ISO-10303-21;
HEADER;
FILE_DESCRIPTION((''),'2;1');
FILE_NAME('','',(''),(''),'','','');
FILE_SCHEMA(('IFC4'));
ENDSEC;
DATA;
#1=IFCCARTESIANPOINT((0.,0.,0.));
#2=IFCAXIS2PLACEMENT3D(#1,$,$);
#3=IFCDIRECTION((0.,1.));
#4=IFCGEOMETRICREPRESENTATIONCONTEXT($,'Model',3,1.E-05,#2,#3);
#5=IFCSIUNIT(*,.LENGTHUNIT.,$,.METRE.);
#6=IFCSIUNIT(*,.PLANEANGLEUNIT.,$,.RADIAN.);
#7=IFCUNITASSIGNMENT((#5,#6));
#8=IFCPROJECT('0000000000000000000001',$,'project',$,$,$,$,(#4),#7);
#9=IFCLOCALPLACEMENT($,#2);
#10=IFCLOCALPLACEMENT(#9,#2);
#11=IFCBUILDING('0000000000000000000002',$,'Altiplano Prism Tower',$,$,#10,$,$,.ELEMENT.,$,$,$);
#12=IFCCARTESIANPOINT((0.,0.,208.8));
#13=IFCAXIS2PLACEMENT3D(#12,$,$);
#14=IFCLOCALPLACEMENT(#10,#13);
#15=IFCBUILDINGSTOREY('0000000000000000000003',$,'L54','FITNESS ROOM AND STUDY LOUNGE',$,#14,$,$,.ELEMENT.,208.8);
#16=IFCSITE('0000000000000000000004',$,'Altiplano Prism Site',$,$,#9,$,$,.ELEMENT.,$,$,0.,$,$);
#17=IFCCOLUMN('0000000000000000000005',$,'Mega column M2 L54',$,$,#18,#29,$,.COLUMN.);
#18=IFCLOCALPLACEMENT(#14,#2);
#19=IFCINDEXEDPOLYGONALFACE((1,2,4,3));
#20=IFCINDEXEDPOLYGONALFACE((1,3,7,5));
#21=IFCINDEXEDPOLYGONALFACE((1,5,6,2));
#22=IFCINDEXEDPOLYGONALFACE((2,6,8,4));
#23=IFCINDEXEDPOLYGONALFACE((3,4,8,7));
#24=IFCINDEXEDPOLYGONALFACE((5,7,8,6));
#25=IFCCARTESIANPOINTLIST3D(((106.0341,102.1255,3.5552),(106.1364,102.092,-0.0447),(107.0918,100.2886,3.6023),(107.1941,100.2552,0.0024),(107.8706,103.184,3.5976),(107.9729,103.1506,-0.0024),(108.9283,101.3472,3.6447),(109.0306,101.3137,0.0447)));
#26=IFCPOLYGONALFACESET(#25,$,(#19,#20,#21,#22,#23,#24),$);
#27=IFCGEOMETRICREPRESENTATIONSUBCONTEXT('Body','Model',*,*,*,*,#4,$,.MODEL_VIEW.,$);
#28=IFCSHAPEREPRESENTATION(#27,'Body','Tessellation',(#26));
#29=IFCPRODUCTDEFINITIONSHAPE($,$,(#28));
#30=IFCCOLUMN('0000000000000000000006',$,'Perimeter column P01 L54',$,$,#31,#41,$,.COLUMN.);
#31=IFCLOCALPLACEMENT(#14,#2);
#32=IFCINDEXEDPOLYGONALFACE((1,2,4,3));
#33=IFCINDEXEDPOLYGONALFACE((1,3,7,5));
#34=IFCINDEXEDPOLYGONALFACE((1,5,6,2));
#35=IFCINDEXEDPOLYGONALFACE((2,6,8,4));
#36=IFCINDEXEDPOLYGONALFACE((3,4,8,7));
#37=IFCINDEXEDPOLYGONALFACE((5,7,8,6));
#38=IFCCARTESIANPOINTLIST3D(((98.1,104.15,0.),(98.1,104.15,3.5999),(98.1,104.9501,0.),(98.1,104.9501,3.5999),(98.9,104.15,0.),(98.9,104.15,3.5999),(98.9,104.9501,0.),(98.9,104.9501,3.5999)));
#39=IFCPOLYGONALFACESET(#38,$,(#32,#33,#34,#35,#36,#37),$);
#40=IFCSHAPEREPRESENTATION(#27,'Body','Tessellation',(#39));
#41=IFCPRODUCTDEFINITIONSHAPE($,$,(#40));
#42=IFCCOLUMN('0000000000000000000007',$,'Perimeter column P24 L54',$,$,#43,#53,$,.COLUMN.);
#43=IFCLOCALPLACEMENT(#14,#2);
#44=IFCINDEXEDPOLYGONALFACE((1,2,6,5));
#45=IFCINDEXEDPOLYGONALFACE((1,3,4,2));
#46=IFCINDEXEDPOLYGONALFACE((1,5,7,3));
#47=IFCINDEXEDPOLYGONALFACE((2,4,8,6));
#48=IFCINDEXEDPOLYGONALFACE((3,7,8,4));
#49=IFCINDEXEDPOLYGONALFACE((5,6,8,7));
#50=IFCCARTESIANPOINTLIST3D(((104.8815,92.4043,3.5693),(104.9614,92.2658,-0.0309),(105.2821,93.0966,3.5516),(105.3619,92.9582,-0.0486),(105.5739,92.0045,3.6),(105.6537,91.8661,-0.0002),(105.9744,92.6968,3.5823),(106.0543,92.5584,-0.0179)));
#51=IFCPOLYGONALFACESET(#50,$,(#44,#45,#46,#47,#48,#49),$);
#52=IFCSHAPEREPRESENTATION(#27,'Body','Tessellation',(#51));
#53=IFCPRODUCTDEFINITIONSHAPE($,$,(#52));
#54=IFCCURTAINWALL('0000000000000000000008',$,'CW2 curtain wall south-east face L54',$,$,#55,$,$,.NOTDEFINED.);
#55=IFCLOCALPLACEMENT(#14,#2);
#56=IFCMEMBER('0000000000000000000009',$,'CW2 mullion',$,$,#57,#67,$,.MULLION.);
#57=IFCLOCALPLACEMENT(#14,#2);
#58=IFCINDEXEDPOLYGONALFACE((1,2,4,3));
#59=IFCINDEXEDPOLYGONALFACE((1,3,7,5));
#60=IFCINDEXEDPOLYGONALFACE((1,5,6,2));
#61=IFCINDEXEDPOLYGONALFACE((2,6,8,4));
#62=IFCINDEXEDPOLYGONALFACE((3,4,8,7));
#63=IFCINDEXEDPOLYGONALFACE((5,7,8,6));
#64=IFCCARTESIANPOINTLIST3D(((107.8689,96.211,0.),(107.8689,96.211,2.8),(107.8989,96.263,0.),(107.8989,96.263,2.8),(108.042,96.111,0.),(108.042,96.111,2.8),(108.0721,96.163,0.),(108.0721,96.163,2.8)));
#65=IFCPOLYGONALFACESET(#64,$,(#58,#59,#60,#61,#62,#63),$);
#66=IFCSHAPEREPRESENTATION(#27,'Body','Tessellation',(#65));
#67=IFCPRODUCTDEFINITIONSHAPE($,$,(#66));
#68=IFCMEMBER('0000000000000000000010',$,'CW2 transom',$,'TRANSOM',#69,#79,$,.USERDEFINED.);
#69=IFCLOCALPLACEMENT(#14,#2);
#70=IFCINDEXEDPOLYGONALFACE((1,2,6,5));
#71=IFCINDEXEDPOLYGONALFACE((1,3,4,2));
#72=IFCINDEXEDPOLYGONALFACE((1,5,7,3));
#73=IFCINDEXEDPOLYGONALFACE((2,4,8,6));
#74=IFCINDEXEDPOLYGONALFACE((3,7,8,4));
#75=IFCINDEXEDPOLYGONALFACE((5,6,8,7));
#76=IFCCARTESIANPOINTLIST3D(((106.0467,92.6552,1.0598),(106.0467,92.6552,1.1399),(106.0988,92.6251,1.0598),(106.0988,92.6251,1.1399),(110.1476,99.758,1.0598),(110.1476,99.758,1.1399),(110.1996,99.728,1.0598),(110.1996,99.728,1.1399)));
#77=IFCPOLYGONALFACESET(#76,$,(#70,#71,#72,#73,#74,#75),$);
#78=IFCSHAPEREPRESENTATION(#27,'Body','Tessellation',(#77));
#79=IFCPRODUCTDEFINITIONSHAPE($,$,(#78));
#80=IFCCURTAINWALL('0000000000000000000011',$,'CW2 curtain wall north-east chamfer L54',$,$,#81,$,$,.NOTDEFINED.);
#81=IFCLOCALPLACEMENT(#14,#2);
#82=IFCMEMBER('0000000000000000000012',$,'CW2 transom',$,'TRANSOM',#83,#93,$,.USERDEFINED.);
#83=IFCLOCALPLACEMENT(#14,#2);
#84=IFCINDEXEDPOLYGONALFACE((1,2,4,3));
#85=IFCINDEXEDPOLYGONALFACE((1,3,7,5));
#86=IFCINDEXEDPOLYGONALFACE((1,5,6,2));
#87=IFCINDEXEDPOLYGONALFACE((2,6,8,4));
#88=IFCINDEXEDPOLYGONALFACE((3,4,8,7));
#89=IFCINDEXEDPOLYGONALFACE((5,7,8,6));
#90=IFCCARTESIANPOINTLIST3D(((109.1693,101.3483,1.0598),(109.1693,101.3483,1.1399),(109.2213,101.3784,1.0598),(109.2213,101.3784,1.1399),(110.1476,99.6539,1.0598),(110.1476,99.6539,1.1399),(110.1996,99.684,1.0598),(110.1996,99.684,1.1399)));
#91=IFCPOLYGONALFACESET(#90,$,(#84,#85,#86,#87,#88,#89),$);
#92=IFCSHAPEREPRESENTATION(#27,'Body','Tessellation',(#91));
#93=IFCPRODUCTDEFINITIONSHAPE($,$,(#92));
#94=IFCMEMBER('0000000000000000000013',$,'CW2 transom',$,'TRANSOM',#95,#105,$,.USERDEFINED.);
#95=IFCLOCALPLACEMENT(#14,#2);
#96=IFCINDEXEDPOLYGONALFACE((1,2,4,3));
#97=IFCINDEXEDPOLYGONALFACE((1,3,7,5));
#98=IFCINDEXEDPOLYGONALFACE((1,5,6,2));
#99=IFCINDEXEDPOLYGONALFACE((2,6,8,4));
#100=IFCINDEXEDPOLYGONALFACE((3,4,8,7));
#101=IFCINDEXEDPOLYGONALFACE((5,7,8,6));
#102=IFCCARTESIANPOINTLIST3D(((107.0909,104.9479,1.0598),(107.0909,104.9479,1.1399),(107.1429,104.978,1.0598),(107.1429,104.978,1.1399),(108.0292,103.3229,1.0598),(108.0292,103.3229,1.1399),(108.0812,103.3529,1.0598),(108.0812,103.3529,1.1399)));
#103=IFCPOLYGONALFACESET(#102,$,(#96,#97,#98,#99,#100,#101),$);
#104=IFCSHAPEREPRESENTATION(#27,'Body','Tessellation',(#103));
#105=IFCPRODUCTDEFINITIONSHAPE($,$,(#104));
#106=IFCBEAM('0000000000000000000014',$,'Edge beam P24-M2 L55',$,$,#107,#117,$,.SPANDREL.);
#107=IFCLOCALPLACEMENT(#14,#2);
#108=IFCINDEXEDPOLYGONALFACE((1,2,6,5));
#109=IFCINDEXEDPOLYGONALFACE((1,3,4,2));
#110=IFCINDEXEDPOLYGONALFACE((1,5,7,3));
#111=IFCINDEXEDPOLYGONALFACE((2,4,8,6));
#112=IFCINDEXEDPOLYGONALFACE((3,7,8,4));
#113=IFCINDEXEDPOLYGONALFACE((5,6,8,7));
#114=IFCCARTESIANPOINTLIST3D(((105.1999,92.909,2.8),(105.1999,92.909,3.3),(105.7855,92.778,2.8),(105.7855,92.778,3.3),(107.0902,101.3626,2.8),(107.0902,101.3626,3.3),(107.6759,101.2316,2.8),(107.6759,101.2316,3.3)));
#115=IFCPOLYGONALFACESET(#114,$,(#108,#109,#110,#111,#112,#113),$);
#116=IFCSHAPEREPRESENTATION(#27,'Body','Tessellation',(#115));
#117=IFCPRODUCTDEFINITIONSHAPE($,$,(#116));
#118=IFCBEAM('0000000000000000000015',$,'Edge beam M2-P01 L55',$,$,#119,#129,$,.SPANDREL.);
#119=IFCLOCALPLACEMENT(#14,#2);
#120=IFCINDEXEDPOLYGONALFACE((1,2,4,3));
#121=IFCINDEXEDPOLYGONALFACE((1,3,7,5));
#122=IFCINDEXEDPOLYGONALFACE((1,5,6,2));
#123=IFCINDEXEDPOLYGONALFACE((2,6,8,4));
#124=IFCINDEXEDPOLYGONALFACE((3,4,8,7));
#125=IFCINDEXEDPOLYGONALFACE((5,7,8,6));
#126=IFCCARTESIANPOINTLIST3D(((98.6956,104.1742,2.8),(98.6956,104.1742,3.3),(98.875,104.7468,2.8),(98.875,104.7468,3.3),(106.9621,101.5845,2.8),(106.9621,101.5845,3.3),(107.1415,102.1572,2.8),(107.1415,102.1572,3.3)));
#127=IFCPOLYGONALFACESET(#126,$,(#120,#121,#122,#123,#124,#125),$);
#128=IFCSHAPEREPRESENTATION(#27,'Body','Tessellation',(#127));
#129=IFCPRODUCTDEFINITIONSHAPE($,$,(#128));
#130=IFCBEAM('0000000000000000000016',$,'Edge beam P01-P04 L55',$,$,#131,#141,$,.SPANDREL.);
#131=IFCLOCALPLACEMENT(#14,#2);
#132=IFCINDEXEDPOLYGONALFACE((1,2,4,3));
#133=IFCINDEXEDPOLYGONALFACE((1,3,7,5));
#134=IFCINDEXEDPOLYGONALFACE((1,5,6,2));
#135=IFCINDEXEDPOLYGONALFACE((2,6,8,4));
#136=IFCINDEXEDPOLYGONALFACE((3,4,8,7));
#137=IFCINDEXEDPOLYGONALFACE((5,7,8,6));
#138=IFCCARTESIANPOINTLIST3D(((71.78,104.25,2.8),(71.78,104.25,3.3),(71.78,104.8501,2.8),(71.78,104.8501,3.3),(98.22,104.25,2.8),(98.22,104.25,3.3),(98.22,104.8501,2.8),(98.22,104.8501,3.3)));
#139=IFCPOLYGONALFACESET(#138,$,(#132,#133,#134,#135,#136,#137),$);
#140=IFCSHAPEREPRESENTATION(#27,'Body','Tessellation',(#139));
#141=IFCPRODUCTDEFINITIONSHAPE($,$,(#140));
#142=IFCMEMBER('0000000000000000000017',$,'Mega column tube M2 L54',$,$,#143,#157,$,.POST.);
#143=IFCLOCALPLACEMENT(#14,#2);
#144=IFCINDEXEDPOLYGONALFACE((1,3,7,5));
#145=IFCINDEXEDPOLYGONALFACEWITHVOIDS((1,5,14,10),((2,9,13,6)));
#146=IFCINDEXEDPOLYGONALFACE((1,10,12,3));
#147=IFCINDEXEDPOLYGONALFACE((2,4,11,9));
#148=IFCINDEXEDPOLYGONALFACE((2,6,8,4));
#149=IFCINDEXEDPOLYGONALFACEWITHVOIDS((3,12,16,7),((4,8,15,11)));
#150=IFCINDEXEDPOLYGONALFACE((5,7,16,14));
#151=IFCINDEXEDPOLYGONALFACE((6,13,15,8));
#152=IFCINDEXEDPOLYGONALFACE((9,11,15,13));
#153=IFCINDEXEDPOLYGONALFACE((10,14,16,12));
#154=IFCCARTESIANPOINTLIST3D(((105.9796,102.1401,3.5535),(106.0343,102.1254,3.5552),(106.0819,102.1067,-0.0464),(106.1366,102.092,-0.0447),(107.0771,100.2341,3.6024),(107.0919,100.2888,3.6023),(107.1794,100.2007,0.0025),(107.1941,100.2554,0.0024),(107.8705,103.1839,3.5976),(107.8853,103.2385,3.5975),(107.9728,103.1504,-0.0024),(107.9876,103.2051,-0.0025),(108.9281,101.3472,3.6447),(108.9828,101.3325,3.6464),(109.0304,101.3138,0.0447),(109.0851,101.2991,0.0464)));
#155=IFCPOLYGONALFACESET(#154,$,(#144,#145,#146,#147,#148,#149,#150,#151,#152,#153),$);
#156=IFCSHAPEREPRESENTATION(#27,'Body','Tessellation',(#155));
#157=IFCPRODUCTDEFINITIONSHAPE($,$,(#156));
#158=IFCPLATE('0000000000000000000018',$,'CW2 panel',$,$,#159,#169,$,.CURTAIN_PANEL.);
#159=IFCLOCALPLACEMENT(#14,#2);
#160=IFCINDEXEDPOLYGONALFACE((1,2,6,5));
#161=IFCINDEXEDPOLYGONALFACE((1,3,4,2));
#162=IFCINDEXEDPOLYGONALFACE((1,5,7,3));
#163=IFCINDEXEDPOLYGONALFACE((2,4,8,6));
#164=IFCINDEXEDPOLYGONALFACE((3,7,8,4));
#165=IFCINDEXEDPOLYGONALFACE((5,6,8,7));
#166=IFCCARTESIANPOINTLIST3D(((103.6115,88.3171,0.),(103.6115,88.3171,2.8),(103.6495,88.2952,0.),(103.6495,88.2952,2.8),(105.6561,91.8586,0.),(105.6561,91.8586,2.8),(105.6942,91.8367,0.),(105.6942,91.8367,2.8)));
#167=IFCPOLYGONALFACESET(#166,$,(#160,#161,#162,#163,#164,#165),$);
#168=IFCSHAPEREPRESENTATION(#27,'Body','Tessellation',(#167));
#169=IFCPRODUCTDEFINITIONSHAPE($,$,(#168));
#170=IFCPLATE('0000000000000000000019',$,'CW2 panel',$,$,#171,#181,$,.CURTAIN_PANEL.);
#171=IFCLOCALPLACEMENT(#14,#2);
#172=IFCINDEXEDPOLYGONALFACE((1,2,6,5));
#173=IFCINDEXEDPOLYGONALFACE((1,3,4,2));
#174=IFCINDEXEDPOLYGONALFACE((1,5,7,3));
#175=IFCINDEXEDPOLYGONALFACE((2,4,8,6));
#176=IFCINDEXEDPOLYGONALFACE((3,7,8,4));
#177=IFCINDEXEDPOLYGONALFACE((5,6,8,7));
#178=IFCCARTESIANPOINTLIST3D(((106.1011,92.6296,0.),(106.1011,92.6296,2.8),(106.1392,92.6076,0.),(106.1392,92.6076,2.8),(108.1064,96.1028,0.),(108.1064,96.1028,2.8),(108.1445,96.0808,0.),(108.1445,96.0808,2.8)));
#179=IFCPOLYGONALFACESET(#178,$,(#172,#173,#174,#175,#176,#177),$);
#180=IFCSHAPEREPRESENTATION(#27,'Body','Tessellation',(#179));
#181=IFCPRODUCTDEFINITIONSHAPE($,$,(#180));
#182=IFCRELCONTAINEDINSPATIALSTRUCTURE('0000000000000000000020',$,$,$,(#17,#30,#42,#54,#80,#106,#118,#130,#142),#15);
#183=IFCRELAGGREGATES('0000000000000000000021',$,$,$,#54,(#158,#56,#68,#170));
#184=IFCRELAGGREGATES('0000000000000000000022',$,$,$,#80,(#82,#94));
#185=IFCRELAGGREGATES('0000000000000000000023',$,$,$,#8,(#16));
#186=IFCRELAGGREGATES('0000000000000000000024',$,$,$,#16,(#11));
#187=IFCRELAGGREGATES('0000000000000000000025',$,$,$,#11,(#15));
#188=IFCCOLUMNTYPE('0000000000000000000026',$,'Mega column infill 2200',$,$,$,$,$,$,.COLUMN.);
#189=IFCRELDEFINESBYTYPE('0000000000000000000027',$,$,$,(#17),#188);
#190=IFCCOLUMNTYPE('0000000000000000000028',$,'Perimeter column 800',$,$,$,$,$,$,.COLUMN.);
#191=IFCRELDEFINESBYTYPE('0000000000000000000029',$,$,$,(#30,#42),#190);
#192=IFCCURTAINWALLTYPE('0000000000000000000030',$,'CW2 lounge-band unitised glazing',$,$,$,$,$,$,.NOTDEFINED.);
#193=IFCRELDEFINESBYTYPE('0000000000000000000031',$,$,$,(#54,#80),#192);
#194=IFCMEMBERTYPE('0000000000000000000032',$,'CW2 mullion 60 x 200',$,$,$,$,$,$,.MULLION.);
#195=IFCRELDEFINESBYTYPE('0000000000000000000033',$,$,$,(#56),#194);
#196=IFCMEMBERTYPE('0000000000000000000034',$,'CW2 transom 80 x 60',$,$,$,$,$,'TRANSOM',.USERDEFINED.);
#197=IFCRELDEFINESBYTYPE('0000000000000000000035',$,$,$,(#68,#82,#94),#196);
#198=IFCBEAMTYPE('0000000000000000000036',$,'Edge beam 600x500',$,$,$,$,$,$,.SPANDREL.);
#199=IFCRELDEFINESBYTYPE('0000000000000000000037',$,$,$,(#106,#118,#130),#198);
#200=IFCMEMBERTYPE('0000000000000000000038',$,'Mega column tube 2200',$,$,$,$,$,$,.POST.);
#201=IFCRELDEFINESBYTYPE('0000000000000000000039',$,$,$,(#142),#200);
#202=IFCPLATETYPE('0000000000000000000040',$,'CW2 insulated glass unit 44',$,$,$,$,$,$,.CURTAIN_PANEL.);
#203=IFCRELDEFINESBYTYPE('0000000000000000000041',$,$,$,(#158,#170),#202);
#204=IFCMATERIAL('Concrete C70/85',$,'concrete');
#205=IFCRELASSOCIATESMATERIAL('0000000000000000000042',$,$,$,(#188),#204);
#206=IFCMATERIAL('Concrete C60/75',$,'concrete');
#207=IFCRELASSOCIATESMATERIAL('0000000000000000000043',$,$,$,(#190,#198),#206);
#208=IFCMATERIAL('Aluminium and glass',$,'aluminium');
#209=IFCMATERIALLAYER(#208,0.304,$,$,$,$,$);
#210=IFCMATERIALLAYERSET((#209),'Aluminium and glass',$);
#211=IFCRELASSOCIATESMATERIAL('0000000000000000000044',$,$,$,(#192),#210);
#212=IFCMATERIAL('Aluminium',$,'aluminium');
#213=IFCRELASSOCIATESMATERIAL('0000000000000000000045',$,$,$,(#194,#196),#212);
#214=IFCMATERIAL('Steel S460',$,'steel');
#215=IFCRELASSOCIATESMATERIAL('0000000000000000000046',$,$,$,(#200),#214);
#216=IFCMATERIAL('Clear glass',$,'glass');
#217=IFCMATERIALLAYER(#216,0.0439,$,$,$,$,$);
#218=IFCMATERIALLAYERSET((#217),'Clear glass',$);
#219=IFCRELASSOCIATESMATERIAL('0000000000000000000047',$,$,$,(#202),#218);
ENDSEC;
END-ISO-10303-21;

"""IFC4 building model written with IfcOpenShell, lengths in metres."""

from ifc_helpers import new_model, si_unit, direction, frame, origin, origin_2d, place, context, subcontext, project, spatial, rectangle, hollow_rectangle, extrude, material, layer, layer_set, material_profile, profile_set, type_object, element, aggregate, save


model = new_model("IFC4")

# Units and contexts
model_context = context("Model", 3, precision=1e-05, world=origin(), true_north=direction((0.0, 1.0)))
body_context = subcontext(model_context, "Body", "Model", "MODEL_VIEW")
ifc_project = project(units=[si_unit("LENGTHUNIT", "METRE"), si_unit("PLANEANGLEUNIT", "RADIAN")], contexts=[model_context])

# Site, building, storey
site_placement = place(None, origin())
site = spatial("IfcSite", under=ifc_project, at=site_placement, Name="Altiplano Prism Site", CompositionType="ELEMENT", RefElevation=0.0)
building_placement = place(site_placement, origin())
building = spatial("IfcBuilding", under=site, at=building_placement, Name="Altiplano Prism Tower", CompositionType="ELEMENT")
storey_placement = place(building_placement, frame((0.0, 0.0, 208.8)))
storey = spatial("IfcBuildingStorey", under=building, at=storey_placement, Name="L54", Description="FITNESS ROOM AND STUDY LOUNGE", CompositionType="ELEMENT", Elevation=208.8)

# Columns
ifc_material_1 = material(Name="Concrete C70/85", Category="concrete")
ifc_material_profile_1 = material_profile(ifc_material_1, rectangle(XDim=2.1201, YDim=2.1201, at=origin_2d()), Name="Mega column infill 2200")
ifc_profile_set_1 = profile_set([ifc_material_profile_1], Name="Concrete C70/85")
column_type_1 = type_object("IfcColumnType", Name="Mega column infill 2200", PredefinedType="COLUMN", material=ifc_profile_set_1)
column_1_placement = place(storey_placement, frame((107.5835, 101.7029, 0.0), z_axis=(-0.028404, 0.009287, 0.999553), x_axis=(0.498876, -0.866388, 0.022226)))
element("IfcColumn", 1, at=column_1_placement, inside=storey, type_object=column_type_1, Name="Mega column M2 L54", PredefinedType="COLUMN", context=body_context, shape_type="SweptSolid", body=[
    extrude(rectangle(XDim=2.1201, YDim=2.1201, at=origin_2d()), origin(), (0.0, 0.0, 1.0), 3.6016),
])
ifc_material_2 = material(Name="Concrete C60/75", Category="concrete")
ifc_material_profile_2 = material_profile(ifc_material_2, rectangle(XDim=0.8, YDim=0.8, at=origin_2d()), Name="Perimeter column 800")
ifc_profile_set_2 = profile_set([ifc_material_profile_2], Name="Concrete C60/75")
column_type_2 = type_object("IfcColumnType", Name="Perimeter column 800", PredefinedType="COLUMN", material=ifc_profile_set_2)
column_2_placement = place(storey_placement, frame((98.5, 104.55, 0.0), z_axis=(0.0, 0.0, 1.0), x_axis=(1.0, 0.0, 0.0)))
element("IfcColumn", 2, at=column_2_placement, inside=storey, type_object=column_type_2, Name="Perimeter column P01 L54", PredefinedType="COLUMN", context=body_context, shape_type="SweptSolid", body=[
    extrude(rectangle(XDim=0.8, YDim=0.8, at=origin_2d()), origin(), (0.0, 0.0, 1.0), 3.5999),
])
column_3_placement = place(storey_placement, frame((105.5078, 92.4121, -0.0244), z_axis=(-0.022154, 0.038413, 0.999016), x_axis=(-0.500653, -0.865364, 0.022172)))
element("IfcColumn", 3, at=column_3_placement, inside=storey, type_object=column_type_2, Name="Perimeter column P24 L54", PredefinedType="COLUMN", context=body_context, shape_type="SweptSolid", body=[
    extrude(rectangle(XDim=0.8, YDim=0.8, at=origin_2d()), origin(), (0.0, 0.0, 1.0), 3.6038),
])

# Curtain walls, members
ifc_material_3 = material(Name="Aluminium and glass", Category="aluminium")
ifc_layer_1 = layer(ifc_material_3, 0.304)
ifc_layer_set_1 = layer_set([ifc_layer_1], Name="Aluminium and glass")
curtain_wall_type = type_object("IfcCurtainWallType", Name="CW2 lounge-band unitised glazing", PredefinedType="NOTDEFINED", material=ifc_layer_set_1)
curtain_wall_1_placement = place(storey_placement, origin())
curtain_wall_1 = element("IfcCurtainWall", 4, at=curtain_wall_1_placement, inside=storey, type_object=curtain_wall_type, Name="CW2 curtain wall south-east face L54", PredefinedType="NOTDEFINED")
ifc_material_4 = material(Name="Aluminium", Category="aluminium")
ifc_material_profile_3 = material_profile(ifc_material_4, rectangle(XDim=0.2, YDim=0.0601, at=origin_2d()), Name="CW2 mullion 60 x 200")
ifc_profile_set_3 = profile_set([ifc_material_profile_3], Name="Aluminium")
member_type_1 = type_object("IfcMemberType", Name="CW2 mullion 60 x 200", PredefinedType="MULLION", material=ifc_profile_set_3)
member_1_placement = place(storey_placement, frame((107.9705, 96.187, 0.0), z_axis=(0.0, 0.0, 1.0), x_axis=(-0.866025, 0.5, 0.0)))
member_1 = element("IfcMember", 5, at=member_1_placement, type_object=member_type_1, Name="CW2 mullion", PredefinedType="MULLION", context=body_context, shape_type="SweptSolid", body=[
    extrude(rectangle(XDim=0.2, YDim=0.0601, at=origin_2d()), origin(), (0.0, 0.0, 1.0), 2.8),
])
ifc_material_profile_4 = material_profile(ifc_material_4, rectangle(XDim=0.0601, YDim=0.0801, at=origin_2d()), Name="CW2 transom 80 x 60")
ifc_profile_set_4 = profile_set([ifc_material_profile_4], Name="Aluminium")
member_type_2 = type_object("IfcMemberType", Name="CW2 transom 80 x 60", ElementType="TRANSOM", PredefinedType="USERDEFINED", material=ifc_profile_set_4)
member_2_placement = place(storey_placement, frame((106.0728, 92.6401, 1.0999), z_axis=(0.500003, 0.866023, 0.0), x_axis=(-0.866023, 0.500003, 0.0)))
member_2 = element("IfcMember", 6, at=member_2_placement, type_object=member_type_2, Name="CW2 transom", ObjectType="TRANSOM", PredefinedType="USERDEFINED", context=body_context, shape_type="SweptSolid", body=[
    extrude(rectangle(XDim=0.0601, YDim=0.0801, at=origin_2d()), origin(), (0.0, 0.0, 1.0), 8.2017),
])
curtain_wall_2_placement = place(storey_placement, origin())
curtain_wall_2 = element("IfcCurtainWall", 7, at=curtain_wall_2_placement, inside=storey, type_object=curtain_wall_type, Name="CW2 curtain wall north-east chamfer L54", PredefinedType="NOTDEFINED")
member_3_placement = place(storey_placement, frame((110.1736, 99.6689, 1.0999), z_axis=(-0.500018, 0.866015, 0.0), x_axis=(-0.866015, -0.500018, 0.0)))
member_3 = element("IfcMember", 8, at=member_3_placement, type_object=member_type_2, Name="CW2 transom", ObjectType="TRANSOM", PredefinedType="USERDEFINED", context=body_context, shape_type="SweptSolid", body=[
    extrude(rectangle(XDim=0.0601, YDim=0.0801, at=origin_2d()), origin(), (0.0, 0.0, 1.0), 1.9565),
])
member_4_placement = place(storey_placement, frame((108.0552, 103.3379, 1.0999), z_axis=(-0.500015, 0.866017, 0.0), x_axis=(-0.866017, -0.500015, 0.0)))
member_4 = element("IfcMember", 9, at=member_4_placement, type_object=member_type_2, Name="CW2 transom", ObjectType="TRANSOM", PredefinedType="USERDEFINED", context=body_context, shape_type="SweptSolid", body=[
    extrude(rectangle(XDim=0.0601, YDim=0.0801, at=origin_2d()), origin(), (0.0, 0.0, 1.0), 1.8765),
])

# Beams
ifc_material_profile_5 = material_profile(ifc_material_2, rectangle(XDim=0.6001, YDim=0.5, at=origin_2d()), Name="Edge beam 600x500")
ifc_profile_set_5 = profile_set([ifc_material_profile_5], Name="Concrete C60/75")
beam_type = type_object("IfcBeamType", Name="Edge beam 600x500", PredefinedType="SPANDREL", material=ifc_profile_set_5)
beam_1_placement = place(storey_placement, frame((105.4927, 92.8435, 3.05), z_axis=(0.218228, 0.975898, 0.0), x_axis=(-0.975898, 0.218228, 0.0)))
element("IfcBeam", 10, at=beam_1_placement, inside=storey, type_object=beam_type, Name="Edge beam P24-M2 L55", PredefinedType="SPANDREL", context=body_context, shape_type="SweptSolid", body=[
    extrude(rectangle(XDim=0.6001, YDim=0.5, at=origin_2d()), origin(), (0.0, 0.0, 1.0), 8.6624),
])
beam_2_placement = place(storey_placement, frame((107.0518, 101.8708, 3.05), z_axis=(-0.954271, 0.298944, 0.0), x_axis=(-0.298944, -0.954271, 0.0)))
element("IfcBeam", 11, at=beam_2_placement, inside=storey, type_object=beam_type, Name="Edge beam M2-P01 L55", PredefinedType="SPANDREL", context=body_context, shape_type="SweptSolid", body=[
    extrude(rectangle(XDim=0.6001, YDim=0.5, at=origin_2d()), origin(), (0.0, 0.0, 1.0), 8.6626),
])
beam_3_placement = place(storey_placement, frame((98.22, 104.55, 3.05), z_axis=(-1.0, 0.0, 0.0), x_axis=(0.0, -1.0, 0.0)))
element("IfcBeam", 12, at=beam_3_placement, inside=storey, type_object=beam_type, Name="Edge beam P01-P04 L55", PredefinedType="SPANDREL", context=body_context, shape_type="SweptSolid", body=[
    extrude(rectangle(XDim=0.6001, YDim=0.5, at=origin_2d()), origin(), (0.0, 0.0, 1.0), 26.4399),
])

# Member
ifc_material_5 = material(Name="Steel S460", Category="steel")
ifc_material_profile_6 = material_profile(ifc_material_5, hollow_rectangle(XDim=2.2, YDim=2.2, WallThickness=0.04, at=origin_2d()), Name="Mega column tube 2200")
ifc_profile_set_6 = profile_set([ifc_material_profile_6], Name="Steel S460")
member_type_3 = type_object("IfcMemberType", Name="Mega column tube 2200", PredefinedType="POST", material=ifc_profile_set_6)
member_5_placement = place(storey_placement, frame((107.5835, 101.7029, 0.0), z_axis=(-0.028404, 0.009287, 0.999553), x_axis=(0.498876, -0.866388, 0.022226)))
element("IfcMember", 13, at=member_5_placement, inside=storey, type_object=member_type_3, Name="Mega column tube M2 L54", PredefinedType="POST", context=body_context, shape_type="SweptSolid", body=[
    extrude(hollow_rectangle(XDim=2.2, YDim=2.2, WallThickness=0.04, at=origin_2d()), origin(), (0.0, 0.0, 1.0), 3.6016),
])

# Plates
ifc_material_6 = material(Name="Clear glass", Category="glass")
ifc_layer_2 = layer(ifc_material_6, 0.0439)
ifc_layer_set_2 = layer_set([ifc_layer_2], Name="Clear glass")
plate_type = type_object("IfcPlateType", Name="CW2 insulated glass unit 44", PredefinedType="CURTAIN_PANEL", material=ifc_layer_set_2)
plate_1_placement = place(storey_placement, frame((104.6528, 90.0769, 0.0), z_axis=(0.0, 0.0, 1.0), x_axis=(0.5, 0.866025, 0.0)))
plate_1 = element("IfcPlate", 14, at=plate_1_placement, type_object=plate_type, Name="CW2 panel", PredefinedType="CURTAIN_PANEL", context=body_context, shape_type="SweptSolid", body=[
    extrude(rectangle(XDim=4.0894, YDim=0.0439, at=origin_2d()), origin(), (0.0, 0.0, 1.0), 2.8),
])
plate_2_placement = place(storey_placement, frame((107.1228, 94.3552, 0.0), z_axis=(0.0, 0.0, 1.0), x_axis=(0.5, 0.866025, 0.0)))
plate_2 = element("IfcPlate", 15, at=plate_2_placement, type_object=plate_type, Name="CW2 panel", PredefinedType="CURTAIN_PANEL", context=body_context, shape_type="SweptSolid", body=[
    extrude(rectangle(XDim=4.0105, YDim=0.0439, at=origin_2d()), origin(), (0.0, 0.0, 1.0), 2.8),
])
aggregate(curtain_wall_1, [plate_1, member_1, member_2, plate_2])
aggregate(curtain_wall_2, [member_3, member_4])

save(model, "model.ifc")
